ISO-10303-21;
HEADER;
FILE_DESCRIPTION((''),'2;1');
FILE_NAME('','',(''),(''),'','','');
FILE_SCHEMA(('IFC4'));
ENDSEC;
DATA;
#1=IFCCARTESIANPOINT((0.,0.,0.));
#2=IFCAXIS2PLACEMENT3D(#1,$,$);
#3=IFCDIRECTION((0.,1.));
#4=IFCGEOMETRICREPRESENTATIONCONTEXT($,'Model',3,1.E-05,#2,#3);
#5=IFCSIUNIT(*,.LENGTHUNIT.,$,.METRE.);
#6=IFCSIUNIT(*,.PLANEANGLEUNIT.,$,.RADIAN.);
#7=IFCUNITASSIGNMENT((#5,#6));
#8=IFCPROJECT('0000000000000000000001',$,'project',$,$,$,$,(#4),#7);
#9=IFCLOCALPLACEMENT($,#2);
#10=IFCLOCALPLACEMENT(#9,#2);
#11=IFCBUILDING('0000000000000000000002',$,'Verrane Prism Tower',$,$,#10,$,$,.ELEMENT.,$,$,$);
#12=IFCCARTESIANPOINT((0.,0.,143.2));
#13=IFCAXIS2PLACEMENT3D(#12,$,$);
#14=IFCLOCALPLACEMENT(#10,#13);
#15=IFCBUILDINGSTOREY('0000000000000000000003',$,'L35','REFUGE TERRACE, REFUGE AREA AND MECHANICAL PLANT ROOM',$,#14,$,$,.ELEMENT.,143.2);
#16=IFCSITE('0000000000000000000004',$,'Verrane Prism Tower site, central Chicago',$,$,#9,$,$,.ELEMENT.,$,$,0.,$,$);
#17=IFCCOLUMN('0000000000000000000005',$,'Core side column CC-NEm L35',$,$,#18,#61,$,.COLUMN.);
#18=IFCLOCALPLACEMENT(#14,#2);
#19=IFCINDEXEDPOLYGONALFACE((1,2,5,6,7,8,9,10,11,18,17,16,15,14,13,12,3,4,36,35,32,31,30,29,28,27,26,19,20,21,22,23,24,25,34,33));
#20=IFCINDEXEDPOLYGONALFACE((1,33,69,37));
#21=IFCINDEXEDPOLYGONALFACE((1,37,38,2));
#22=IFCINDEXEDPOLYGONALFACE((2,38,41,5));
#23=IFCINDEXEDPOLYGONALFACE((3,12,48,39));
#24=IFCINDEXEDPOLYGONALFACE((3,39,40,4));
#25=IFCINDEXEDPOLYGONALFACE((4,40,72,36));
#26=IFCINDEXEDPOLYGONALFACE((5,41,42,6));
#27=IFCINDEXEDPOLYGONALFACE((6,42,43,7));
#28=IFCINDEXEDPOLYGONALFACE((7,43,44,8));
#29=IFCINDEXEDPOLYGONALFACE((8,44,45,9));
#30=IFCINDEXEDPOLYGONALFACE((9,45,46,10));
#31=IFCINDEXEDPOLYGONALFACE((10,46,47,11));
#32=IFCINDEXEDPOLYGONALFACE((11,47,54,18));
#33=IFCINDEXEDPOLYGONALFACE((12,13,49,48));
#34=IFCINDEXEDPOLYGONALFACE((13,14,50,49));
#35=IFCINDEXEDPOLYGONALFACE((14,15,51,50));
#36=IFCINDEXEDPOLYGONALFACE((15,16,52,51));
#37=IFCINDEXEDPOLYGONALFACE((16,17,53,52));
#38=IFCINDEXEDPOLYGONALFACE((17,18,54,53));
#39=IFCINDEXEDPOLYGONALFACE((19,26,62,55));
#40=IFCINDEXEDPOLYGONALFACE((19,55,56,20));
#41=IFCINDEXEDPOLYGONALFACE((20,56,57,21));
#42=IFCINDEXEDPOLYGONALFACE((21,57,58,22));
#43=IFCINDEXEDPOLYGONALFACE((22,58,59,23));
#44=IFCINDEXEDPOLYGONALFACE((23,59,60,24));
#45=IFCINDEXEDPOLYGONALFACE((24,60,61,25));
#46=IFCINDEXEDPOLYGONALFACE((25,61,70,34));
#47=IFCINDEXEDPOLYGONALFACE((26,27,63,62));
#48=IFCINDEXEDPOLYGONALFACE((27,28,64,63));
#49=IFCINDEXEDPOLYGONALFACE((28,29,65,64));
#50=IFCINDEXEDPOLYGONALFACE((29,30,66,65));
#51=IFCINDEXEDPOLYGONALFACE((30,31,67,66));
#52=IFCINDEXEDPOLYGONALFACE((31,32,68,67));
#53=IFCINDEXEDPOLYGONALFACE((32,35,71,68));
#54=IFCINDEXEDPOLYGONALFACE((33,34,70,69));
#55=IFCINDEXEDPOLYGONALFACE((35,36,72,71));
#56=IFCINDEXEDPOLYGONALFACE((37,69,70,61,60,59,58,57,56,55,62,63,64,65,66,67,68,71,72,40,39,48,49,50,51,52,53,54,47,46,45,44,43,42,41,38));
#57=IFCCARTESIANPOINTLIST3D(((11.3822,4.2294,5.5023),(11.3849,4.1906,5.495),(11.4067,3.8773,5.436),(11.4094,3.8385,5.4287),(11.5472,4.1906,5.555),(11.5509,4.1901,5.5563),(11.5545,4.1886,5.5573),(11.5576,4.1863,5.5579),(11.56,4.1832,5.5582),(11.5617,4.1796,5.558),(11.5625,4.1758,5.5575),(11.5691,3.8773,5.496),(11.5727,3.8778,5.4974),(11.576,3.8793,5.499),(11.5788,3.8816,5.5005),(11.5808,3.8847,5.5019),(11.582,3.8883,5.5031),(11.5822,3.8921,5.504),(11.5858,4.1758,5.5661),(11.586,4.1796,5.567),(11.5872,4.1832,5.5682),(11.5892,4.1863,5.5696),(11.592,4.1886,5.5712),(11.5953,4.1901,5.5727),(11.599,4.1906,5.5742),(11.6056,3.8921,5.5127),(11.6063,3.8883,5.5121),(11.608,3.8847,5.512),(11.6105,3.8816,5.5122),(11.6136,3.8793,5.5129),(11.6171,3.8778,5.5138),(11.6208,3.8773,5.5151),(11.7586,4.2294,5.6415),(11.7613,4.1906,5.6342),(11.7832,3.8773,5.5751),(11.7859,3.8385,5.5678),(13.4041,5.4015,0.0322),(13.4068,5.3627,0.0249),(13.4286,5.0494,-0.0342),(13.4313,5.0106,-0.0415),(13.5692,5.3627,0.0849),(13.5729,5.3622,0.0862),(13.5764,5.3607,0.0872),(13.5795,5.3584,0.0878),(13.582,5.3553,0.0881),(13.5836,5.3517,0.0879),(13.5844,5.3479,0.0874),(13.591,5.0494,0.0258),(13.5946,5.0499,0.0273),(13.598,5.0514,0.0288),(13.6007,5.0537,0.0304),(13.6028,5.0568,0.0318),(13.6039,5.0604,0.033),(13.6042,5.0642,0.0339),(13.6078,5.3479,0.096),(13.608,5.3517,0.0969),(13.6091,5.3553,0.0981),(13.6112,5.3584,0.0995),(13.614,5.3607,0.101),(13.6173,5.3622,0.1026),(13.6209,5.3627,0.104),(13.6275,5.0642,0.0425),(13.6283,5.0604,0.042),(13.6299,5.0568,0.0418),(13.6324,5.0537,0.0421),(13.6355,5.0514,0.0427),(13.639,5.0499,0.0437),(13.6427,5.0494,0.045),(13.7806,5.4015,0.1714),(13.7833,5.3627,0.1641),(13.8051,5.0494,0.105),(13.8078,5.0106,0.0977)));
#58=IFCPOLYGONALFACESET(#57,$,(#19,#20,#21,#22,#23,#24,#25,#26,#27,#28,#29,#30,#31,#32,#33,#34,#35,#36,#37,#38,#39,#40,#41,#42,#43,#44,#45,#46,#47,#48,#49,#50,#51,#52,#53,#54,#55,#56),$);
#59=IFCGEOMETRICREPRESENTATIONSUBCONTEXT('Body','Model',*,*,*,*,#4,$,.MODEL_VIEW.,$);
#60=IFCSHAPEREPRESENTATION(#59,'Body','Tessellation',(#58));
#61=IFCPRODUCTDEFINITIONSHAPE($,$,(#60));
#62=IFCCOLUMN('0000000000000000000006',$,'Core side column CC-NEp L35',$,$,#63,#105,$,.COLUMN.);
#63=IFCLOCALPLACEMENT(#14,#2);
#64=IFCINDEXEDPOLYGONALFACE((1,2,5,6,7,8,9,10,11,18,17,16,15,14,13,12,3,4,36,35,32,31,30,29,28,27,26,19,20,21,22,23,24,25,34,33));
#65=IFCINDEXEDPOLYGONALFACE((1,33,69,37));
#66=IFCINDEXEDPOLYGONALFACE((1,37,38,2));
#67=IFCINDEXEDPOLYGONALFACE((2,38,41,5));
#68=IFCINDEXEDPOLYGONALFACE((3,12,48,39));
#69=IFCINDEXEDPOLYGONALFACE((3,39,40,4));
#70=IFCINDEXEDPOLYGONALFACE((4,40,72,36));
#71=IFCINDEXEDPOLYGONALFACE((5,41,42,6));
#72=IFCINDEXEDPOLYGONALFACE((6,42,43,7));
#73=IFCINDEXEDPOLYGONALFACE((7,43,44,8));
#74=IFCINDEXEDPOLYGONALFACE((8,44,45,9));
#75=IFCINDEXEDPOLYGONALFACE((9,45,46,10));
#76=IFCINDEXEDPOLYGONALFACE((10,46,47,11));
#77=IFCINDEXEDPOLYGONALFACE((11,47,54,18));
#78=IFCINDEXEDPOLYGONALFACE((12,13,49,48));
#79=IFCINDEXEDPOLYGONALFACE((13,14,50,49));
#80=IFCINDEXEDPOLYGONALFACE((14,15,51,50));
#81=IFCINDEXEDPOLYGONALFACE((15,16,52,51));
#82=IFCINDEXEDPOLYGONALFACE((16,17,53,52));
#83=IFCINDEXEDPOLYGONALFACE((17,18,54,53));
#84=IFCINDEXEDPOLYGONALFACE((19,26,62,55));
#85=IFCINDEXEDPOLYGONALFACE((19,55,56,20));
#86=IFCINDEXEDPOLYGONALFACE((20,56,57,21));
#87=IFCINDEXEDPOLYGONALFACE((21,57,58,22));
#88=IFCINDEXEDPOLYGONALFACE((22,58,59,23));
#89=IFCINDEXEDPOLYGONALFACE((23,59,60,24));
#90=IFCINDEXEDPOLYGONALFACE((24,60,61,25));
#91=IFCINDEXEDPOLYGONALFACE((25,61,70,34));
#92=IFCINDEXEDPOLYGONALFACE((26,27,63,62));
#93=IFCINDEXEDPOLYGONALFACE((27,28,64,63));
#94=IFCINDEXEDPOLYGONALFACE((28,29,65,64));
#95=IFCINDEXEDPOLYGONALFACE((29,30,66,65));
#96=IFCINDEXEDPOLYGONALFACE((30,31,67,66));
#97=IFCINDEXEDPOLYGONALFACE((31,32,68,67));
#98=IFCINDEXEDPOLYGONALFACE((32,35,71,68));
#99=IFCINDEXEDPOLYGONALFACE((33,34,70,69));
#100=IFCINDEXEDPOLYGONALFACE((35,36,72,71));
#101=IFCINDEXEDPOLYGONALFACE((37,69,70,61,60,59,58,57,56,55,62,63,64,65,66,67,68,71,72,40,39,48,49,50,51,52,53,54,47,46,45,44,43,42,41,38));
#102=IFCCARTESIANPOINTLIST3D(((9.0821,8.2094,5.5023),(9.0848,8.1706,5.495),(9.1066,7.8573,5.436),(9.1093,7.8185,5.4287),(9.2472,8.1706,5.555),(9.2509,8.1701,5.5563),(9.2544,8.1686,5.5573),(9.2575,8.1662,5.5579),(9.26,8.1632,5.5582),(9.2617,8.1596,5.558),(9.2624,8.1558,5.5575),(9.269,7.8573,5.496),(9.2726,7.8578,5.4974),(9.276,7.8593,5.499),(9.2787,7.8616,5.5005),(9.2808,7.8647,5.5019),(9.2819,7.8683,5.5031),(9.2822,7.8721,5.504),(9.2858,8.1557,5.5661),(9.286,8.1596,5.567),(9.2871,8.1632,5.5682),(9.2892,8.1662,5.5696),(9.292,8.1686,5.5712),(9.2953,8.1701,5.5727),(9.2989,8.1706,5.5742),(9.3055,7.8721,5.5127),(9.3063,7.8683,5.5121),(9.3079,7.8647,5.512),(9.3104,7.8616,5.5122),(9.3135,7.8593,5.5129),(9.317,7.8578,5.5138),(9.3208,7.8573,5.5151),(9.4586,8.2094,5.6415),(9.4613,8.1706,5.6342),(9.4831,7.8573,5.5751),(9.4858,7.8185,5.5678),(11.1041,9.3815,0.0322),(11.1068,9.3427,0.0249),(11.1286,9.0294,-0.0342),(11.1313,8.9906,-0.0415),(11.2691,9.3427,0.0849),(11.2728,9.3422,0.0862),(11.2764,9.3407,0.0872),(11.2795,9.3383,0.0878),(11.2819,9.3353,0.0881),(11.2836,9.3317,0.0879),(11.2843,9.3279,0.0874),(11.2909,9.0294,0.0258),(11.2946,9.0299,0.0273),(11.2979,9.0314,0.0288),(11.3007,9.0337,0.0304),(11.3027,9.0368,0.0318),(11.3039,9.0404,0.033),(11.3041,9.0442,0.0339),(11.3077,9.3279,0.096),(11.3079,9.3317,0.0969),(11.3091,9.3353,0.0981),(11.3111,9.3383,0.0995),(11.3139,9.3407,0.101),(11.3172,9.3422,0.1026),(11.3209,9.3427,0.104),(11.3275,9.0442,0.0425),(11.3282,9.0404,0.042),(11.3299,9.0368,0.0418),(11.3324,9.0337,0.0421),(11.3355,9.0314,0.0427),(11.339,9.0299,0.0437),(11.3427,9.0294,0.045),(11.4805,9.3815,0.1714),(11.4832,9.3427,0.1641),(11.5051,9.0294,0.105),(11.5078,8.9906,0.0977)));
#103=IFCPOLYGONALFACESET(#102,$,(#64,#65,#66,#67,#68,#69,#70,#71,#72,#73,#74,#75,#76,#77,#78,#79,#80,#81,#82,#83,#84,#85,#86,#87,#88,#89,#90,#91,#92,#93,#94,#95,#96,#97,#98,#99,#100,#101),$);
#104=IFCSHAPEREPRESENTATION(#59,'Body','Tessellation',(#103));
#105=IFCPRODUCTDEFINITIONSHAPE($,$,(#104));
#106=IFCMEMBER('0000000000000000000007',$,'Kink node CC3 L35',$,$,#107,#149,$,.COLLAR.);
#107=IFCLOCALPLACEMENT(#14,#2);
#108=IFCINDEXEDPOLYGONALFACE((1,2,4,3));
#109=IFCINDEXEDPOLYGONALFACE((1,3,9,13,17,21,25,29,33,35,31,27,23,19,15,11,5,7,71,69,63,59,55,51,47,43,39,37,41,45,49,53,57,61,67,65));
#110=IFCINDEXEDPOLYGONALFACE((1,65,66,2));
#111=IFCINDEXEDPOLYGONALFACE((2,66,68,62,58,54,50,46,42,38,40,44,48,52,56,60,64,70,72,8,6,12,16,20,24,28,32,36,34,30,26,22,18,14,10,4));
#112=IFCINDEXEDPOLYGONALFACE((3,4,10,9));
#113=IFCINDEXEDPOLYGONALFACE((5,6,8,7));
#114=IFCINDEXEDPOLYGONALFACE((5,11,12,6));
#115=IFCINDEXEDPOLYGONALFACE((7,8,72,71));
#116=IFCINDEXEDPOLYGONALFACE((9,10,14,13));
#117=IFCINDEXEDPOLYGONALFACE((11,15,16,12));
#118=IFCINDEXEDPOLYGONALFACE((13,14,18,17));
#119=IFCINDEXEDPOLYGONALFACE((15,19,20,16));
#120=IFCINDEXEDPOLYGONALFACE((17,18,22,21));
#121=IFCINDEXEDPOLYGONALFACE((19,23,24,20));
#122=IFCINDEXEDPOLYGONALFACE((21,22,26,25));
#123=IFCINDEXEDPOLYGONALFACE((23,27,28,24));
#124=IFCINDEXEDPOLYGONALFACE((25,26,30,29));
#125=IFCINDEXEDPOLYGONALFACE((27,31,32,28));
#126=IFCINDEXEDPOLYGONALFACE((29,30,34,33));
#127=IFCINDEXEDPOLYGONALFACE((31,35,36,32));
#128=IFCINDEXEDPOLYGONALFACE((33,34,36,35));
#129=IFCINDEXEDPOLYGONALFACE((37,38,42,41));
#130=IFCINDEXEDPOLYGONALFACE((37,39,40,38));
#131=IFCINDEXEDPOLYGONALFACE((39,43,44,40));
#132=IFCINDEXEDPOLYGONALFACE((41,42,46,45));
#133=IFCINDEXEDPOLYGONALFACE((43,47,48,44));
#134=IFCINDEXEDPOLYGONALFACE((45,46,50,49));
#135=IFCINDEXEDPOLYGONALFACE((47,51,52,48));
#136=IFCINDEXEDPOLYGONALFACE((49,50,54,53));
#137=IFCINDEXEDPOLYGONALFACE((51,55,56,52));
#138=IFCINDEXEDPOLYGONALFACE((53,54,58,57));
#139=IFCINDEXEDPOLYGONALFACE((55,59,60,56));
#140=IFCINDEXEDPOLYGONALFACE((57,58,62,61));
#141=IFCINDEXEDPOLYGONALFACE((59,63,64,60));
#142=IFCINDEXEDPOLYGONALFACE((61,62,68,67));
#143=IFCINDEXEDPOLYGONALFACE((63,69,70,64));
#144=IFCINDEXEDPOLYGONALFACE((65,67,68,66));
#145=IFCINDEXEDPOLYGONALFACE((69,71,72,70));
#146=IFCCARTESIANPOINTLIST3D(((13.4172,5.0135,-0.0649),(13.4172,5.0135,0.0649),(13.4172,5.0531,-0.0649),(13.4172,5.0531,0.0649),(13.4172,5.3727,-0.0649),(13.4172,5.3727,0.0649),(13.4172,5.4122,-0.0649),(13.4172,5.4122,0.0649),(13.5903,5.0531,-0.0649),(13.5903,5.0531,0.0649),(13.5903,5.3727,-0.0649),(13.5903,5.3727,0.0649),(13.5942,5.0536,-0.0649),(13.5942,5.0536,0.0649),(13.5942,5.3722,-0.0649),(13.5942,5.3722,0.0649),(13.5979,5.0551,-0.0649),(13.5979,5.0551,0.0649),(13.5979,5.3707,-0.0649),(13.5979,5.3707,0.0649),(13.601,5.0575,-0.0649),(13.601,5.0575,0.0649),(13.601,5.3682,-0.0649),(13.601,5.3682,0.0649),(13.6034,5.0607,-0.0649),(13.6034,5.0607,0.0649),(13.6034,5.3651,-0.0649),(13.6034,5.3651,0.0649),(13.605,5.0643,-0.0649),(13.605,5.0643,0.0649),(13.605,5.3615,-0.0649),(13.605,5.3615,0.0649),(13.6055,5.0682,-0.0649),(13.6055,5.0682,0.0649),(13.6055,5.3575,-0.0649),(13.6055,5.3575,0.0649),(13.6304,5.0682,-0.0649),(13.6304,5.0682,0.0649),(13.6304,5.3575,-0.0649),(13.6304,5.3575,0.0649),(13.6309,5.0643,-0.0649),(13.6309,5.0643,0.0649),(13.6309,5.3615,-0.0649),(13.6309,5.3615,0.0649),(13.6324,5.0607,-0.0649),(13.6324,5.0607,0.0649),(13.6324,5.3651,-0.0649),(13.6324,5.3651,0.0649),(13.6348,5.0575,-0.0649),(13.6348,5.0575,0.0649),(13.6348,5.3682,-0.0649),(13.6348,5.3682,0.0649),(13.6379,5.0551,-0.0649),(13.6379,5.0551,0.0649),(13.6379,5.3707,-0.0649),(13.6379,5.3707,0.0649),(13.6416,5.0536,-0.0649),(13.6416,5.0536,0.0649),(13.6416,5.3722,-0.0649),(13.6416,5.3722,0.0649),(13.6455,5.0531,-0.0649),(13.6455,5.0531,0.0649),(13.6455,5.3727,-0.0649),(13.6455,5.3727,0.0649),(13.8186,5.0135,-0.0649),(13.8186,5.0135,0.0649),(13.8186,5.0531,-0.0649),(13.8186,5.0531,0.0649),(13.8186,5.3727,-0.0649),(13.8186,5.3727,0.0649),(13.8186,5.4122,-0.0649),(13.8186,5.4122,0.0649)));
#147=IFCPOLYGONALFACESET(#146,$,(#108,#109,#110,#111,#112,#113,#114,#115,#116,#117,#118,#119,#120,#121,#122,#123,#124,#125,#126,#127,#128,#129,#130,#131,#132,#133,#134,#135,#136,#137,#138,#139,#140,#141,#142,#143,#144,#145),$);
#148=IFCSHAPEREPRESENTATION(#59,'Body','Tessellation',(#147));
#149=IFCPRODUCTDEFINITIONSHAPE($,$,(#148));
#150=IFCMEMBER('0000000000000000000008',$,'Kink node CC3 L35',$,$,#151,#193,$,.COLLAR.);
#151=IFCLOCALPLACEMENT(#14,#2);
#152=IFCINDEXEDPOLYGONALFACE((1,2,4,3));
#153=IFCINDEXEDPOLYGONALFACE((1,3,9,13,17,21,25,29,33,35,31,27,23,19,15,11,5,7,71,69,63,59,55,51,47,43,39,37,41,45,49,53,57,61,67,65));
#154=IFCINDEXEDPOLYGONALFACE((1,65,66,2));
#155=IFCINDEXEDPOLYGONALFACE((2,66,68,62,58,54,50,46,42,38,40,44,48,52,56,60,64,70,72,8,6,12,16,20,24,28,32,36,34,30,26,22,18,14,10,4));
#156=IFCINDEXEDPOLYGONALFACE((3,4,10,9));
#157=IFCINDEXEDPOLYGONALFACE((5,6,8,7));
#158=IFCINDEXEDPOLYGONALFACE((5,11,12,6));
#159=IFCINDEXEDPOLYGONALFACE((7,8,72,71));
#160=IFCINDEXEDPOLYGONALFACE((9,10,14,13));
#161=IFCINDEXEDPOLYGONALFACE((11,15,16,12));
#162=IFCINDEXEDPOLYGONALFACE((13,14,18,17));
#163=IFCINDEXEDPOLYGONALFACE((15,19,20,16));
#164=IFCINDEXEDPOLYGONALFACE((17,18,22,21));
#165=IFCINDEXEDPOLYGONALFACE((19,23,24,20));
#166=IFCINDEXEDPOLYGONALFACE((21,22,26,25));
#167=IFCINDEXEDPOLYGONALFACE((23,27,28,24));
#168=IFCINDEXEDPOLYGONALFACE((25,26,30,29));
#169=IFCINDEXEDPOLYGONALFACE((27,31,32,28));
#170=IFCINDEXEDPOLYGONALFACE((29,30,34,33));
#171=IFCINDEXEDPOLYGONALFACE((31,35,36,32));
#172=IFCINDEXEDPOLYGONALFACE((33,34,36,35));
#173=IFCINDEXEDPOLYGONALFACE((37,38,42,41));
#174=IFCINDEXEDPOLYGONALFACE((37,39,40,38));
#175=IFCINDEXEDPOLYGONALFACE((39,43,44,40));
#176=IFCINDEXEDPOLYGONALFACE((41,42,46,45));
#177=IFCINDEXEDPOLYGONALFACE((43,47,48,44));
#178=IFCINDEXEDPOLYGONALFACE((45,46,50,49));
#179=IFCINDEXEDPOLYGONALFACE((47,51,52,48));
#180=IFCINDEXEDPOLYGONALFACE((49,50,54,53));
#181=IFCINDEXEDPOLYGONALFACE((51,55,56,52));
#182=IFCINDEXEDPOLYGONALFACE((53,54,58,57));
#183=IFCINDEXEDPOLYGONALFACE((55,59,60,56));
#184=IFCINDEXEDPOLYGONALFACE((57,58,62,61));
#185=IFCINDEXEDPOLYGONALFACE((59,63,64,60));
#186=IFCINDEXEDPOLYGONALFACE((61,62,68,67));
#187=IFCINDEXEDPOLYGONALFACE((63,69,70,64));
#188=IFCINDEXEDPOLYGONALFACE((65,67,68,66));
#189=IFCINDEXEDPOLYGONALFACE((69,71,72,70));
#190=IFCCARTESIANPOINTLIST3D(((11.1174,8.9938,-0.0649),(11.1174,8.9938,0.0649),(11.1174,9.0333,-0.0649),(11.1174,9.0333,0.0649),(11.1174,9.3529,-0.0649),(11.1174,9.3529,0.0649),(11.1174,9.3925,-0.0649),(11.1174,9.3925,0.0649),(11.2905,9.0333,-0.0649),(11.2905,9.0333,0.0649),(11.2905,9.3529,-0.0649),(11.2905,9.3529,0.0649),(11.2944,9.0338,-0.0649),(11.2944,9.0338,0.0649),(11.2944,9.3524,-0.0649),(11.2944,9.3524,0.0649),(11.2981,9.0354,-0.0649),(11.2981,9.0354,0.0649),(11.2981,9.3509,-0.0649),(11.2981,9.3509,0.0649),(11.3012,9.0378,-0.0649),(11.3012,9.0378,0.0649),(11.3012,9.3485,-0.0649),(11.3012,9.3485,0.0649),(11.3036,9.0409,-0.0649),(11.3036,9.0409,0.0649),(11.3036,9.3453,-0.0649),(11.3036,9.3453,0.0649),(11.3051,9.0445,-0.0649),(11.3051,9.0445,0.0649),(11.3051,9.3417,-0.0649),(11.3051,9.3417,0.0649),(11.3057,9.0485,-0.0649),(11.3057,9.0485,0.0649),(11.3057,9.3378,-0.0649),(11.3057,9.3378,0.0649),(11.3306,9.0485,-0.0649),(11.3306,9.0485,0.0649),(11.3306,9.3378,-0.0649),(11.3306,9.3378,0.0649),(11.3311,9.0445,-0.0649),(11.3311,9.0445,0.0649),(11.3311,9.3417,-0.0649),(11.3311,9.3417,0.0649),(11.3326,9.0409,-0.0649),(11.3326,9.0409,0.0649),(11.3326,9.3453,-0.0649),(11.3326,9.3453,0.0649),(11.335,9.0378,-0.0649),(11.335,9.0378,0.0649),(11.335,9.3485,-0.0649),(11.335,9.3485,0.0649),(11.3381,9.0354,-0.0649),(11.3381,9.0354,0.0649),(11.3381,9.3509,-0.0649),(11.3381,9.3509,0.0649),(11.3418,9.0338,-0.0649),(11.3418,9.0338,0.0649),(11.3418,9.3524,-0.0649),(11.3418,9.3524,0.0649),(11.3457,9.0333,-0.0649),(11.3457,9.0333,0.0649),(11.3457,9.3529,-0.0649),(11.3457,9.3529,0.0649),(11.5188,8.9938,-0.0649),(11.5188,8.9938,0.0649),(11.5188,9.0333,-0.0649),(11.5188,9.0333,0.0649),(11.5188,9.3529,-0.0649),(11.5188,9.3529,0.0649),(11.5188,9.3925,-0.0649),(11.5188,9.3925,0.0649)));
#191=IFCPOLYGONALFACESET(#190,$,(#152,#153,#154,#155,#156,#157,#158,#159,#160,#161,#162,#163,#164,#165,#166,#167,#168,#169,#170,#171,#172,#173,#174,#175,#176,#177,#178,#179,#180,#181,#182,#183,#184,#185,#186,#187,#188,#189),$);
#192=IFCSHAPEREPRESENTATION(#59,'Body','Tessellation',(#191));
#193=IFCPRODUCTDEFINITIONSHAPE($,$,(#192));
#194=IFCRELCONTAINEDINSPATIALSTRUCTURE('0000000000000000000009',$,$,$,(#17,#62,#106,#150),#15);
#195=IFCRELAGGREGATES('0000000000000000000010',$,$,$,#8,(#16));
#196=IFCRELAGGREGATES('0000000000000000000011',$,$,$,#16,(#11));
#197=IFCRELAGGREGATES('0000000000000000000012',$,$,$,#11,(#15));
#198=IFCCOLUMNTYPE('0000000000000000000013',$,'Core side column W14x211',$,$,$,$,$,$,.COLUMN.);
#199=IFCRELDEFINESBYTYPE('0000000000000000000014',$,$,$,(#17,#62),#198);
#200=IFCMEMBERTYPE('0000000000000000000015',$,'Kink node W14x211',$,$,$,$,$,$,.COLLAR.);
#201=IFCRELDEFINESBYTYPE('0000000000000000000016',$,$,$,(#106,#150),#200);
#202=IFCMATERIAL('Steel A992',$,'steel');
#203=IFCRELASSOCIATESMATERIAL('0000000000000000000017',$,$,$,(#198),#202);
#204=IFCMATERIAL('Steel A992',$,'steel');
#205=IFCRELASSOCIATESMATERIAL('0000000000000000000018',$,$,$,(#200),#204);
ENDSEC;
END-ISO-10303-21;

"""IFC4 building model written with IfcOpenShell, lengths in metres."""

from ifc_helpers import new_model, si_unit, direction, frame, origin, origin_2d, place, context, subcontext, project, spatial, i_section, extrude, material, material_profile, profile_set, type_object, element, save


model = new_model("IFC4")

# Units and contexts
model_context = context("Model", 3, precision=1e-05, world=origin(), true_north=direction((0.0, 1.0)))
body_context = subcontext(model_context, "Body", "Model", "MODEL_VIEW")
ifc_project = project(units=[si_unit("LENGTHUNIT", "METRE"), si_unit("PLANEANGLEUNIT", "RADIAN")], contexts=[model_context])

# Site, building, storey
site_placement = place(None, origin())
site = spatial("IfcSite", under=ifc_project, at=site_placement, Name="Verrane Prism Tower site, central Chicago", CompositionType="ELEMENT", RefElevation=0.0)
building_placement = place(site_placement, origin())
building = spatial("IfcBuilding", under=site, at=building_placement, Name="Verrane Prism Tower", CompositionType="ELEMENT")
storey_placement = place(building_placement, frame((0.0, 0.0, 143.2)))
storey = spatial("IfcBuildingStorey", under=building, at=storey_placement, Name="L35", Description="REFUGE TERRACE, REFUGE AREA AND MECHANICAL PLANT ROOM", CompositionType="ELEMENT", Elevation=143.2)

# Columns
ifc_material_1 = material(Name="Steel A992", Category="steel")
ifc_material_profile_1 = material_profile(ifc_material_1, i_section(OverallWidth=0.4014, OverallDepth=0.3987, WebThickness=0.0249, FlangeThickness=0.0396, FilletRadius=0.0151, at=origin_2d()), Name="W14x211")
ifc_profile_set_1 = profile_set([ifc_material_profile_1], Name="Steel A992")
column_type = type_object("IfcColumnType", Name="Core side column W14x211", PredefinedType="COLUMN", material=ifc_profile_set_1)
for number, where, z_axis, x_axis, name in (
    (1, (13.606, 5.2061, 0.0649), (-0.339909, -0.197042, 0.919585), (0.937975, -0.000011, 0.346704), "Core side column CC-NEm L35"),
    (2, (11.3059, 9.186, 0.0649), (-0.339909, -0.197042, 0.919585), (0.937975, -0.000011, 0.346704), "Core side column CC-NEp L35"),
):
    element("IfcColumn", number, at=place(storey_placement, frame(where, z_axis=z_axis, x_axis=x_axis)), inside=storey, type_object=column_type, Name=name, PredefinedType="COLUMN", context=body_context, shape_type="SweptSolid", body=[
        extrude(i_section(OverallWidth=0.4014, OverallDepth=0.3987, WebThickness=0.0249, FlangeThickness=0.0396, FilletRadius=0.0151, at=origin_2d()), origin(), (0.0, 0.0, 1.0), 5.9485),
    ])

# Members
ifc_material_2 = material(Name="Steel A992", Category="steel")
ifc_material_profile_2 = material_profile(ifc_material_2, i_section(OverallWidth=0.4014, OverallDepth=0.3987, WebThickness=0.0249, FlangeThickness=0.0396, FilletRadius=0.0151, at=origin_2d()), Name="W14x211")
ifc_profile_set_2 = profile_set([ifc_material_profile_2], Name="Steel A992")
member_type = type_object("IfcMemberType", Name="Kink node W14x211", PredefinedType="COLLAR", material=ifc_profile_set_2)
for number, where, z_axis, x_axis, name in (
    (3, (13.6179, 5.2129, -0.0649), (0.0, 0.0, 1.0), (1.0, 0.0, 0.0), "Kink node CC3 L35"),
    (4, (11.3181, 9.1931, -0.0649), (0.0, 0.0, 1.0), (1.0, 0.0, 0.0), "Kink node CC3 L35"),
):
    element("IfcMember", number, at=place(storey_placement, frame(where, z_axis=z_axis, x_axis=x_axis)), inside=storey, type_object=member_type, Name=name, PredefinedType="COLLAR", context=body_context, shape_type="SweptSolid", body=[
        extrude(i_section(OverallWidth=0.4014, OverallDepth=0.3987, WebThickness=0.0249, FlangeThickness=0.0396, FilletRadius=0.0151, at=origin_2d()), origin(), (0.0, 0.0, 1.0), 0.1299),
    ])

save(model, "model.ifc")
